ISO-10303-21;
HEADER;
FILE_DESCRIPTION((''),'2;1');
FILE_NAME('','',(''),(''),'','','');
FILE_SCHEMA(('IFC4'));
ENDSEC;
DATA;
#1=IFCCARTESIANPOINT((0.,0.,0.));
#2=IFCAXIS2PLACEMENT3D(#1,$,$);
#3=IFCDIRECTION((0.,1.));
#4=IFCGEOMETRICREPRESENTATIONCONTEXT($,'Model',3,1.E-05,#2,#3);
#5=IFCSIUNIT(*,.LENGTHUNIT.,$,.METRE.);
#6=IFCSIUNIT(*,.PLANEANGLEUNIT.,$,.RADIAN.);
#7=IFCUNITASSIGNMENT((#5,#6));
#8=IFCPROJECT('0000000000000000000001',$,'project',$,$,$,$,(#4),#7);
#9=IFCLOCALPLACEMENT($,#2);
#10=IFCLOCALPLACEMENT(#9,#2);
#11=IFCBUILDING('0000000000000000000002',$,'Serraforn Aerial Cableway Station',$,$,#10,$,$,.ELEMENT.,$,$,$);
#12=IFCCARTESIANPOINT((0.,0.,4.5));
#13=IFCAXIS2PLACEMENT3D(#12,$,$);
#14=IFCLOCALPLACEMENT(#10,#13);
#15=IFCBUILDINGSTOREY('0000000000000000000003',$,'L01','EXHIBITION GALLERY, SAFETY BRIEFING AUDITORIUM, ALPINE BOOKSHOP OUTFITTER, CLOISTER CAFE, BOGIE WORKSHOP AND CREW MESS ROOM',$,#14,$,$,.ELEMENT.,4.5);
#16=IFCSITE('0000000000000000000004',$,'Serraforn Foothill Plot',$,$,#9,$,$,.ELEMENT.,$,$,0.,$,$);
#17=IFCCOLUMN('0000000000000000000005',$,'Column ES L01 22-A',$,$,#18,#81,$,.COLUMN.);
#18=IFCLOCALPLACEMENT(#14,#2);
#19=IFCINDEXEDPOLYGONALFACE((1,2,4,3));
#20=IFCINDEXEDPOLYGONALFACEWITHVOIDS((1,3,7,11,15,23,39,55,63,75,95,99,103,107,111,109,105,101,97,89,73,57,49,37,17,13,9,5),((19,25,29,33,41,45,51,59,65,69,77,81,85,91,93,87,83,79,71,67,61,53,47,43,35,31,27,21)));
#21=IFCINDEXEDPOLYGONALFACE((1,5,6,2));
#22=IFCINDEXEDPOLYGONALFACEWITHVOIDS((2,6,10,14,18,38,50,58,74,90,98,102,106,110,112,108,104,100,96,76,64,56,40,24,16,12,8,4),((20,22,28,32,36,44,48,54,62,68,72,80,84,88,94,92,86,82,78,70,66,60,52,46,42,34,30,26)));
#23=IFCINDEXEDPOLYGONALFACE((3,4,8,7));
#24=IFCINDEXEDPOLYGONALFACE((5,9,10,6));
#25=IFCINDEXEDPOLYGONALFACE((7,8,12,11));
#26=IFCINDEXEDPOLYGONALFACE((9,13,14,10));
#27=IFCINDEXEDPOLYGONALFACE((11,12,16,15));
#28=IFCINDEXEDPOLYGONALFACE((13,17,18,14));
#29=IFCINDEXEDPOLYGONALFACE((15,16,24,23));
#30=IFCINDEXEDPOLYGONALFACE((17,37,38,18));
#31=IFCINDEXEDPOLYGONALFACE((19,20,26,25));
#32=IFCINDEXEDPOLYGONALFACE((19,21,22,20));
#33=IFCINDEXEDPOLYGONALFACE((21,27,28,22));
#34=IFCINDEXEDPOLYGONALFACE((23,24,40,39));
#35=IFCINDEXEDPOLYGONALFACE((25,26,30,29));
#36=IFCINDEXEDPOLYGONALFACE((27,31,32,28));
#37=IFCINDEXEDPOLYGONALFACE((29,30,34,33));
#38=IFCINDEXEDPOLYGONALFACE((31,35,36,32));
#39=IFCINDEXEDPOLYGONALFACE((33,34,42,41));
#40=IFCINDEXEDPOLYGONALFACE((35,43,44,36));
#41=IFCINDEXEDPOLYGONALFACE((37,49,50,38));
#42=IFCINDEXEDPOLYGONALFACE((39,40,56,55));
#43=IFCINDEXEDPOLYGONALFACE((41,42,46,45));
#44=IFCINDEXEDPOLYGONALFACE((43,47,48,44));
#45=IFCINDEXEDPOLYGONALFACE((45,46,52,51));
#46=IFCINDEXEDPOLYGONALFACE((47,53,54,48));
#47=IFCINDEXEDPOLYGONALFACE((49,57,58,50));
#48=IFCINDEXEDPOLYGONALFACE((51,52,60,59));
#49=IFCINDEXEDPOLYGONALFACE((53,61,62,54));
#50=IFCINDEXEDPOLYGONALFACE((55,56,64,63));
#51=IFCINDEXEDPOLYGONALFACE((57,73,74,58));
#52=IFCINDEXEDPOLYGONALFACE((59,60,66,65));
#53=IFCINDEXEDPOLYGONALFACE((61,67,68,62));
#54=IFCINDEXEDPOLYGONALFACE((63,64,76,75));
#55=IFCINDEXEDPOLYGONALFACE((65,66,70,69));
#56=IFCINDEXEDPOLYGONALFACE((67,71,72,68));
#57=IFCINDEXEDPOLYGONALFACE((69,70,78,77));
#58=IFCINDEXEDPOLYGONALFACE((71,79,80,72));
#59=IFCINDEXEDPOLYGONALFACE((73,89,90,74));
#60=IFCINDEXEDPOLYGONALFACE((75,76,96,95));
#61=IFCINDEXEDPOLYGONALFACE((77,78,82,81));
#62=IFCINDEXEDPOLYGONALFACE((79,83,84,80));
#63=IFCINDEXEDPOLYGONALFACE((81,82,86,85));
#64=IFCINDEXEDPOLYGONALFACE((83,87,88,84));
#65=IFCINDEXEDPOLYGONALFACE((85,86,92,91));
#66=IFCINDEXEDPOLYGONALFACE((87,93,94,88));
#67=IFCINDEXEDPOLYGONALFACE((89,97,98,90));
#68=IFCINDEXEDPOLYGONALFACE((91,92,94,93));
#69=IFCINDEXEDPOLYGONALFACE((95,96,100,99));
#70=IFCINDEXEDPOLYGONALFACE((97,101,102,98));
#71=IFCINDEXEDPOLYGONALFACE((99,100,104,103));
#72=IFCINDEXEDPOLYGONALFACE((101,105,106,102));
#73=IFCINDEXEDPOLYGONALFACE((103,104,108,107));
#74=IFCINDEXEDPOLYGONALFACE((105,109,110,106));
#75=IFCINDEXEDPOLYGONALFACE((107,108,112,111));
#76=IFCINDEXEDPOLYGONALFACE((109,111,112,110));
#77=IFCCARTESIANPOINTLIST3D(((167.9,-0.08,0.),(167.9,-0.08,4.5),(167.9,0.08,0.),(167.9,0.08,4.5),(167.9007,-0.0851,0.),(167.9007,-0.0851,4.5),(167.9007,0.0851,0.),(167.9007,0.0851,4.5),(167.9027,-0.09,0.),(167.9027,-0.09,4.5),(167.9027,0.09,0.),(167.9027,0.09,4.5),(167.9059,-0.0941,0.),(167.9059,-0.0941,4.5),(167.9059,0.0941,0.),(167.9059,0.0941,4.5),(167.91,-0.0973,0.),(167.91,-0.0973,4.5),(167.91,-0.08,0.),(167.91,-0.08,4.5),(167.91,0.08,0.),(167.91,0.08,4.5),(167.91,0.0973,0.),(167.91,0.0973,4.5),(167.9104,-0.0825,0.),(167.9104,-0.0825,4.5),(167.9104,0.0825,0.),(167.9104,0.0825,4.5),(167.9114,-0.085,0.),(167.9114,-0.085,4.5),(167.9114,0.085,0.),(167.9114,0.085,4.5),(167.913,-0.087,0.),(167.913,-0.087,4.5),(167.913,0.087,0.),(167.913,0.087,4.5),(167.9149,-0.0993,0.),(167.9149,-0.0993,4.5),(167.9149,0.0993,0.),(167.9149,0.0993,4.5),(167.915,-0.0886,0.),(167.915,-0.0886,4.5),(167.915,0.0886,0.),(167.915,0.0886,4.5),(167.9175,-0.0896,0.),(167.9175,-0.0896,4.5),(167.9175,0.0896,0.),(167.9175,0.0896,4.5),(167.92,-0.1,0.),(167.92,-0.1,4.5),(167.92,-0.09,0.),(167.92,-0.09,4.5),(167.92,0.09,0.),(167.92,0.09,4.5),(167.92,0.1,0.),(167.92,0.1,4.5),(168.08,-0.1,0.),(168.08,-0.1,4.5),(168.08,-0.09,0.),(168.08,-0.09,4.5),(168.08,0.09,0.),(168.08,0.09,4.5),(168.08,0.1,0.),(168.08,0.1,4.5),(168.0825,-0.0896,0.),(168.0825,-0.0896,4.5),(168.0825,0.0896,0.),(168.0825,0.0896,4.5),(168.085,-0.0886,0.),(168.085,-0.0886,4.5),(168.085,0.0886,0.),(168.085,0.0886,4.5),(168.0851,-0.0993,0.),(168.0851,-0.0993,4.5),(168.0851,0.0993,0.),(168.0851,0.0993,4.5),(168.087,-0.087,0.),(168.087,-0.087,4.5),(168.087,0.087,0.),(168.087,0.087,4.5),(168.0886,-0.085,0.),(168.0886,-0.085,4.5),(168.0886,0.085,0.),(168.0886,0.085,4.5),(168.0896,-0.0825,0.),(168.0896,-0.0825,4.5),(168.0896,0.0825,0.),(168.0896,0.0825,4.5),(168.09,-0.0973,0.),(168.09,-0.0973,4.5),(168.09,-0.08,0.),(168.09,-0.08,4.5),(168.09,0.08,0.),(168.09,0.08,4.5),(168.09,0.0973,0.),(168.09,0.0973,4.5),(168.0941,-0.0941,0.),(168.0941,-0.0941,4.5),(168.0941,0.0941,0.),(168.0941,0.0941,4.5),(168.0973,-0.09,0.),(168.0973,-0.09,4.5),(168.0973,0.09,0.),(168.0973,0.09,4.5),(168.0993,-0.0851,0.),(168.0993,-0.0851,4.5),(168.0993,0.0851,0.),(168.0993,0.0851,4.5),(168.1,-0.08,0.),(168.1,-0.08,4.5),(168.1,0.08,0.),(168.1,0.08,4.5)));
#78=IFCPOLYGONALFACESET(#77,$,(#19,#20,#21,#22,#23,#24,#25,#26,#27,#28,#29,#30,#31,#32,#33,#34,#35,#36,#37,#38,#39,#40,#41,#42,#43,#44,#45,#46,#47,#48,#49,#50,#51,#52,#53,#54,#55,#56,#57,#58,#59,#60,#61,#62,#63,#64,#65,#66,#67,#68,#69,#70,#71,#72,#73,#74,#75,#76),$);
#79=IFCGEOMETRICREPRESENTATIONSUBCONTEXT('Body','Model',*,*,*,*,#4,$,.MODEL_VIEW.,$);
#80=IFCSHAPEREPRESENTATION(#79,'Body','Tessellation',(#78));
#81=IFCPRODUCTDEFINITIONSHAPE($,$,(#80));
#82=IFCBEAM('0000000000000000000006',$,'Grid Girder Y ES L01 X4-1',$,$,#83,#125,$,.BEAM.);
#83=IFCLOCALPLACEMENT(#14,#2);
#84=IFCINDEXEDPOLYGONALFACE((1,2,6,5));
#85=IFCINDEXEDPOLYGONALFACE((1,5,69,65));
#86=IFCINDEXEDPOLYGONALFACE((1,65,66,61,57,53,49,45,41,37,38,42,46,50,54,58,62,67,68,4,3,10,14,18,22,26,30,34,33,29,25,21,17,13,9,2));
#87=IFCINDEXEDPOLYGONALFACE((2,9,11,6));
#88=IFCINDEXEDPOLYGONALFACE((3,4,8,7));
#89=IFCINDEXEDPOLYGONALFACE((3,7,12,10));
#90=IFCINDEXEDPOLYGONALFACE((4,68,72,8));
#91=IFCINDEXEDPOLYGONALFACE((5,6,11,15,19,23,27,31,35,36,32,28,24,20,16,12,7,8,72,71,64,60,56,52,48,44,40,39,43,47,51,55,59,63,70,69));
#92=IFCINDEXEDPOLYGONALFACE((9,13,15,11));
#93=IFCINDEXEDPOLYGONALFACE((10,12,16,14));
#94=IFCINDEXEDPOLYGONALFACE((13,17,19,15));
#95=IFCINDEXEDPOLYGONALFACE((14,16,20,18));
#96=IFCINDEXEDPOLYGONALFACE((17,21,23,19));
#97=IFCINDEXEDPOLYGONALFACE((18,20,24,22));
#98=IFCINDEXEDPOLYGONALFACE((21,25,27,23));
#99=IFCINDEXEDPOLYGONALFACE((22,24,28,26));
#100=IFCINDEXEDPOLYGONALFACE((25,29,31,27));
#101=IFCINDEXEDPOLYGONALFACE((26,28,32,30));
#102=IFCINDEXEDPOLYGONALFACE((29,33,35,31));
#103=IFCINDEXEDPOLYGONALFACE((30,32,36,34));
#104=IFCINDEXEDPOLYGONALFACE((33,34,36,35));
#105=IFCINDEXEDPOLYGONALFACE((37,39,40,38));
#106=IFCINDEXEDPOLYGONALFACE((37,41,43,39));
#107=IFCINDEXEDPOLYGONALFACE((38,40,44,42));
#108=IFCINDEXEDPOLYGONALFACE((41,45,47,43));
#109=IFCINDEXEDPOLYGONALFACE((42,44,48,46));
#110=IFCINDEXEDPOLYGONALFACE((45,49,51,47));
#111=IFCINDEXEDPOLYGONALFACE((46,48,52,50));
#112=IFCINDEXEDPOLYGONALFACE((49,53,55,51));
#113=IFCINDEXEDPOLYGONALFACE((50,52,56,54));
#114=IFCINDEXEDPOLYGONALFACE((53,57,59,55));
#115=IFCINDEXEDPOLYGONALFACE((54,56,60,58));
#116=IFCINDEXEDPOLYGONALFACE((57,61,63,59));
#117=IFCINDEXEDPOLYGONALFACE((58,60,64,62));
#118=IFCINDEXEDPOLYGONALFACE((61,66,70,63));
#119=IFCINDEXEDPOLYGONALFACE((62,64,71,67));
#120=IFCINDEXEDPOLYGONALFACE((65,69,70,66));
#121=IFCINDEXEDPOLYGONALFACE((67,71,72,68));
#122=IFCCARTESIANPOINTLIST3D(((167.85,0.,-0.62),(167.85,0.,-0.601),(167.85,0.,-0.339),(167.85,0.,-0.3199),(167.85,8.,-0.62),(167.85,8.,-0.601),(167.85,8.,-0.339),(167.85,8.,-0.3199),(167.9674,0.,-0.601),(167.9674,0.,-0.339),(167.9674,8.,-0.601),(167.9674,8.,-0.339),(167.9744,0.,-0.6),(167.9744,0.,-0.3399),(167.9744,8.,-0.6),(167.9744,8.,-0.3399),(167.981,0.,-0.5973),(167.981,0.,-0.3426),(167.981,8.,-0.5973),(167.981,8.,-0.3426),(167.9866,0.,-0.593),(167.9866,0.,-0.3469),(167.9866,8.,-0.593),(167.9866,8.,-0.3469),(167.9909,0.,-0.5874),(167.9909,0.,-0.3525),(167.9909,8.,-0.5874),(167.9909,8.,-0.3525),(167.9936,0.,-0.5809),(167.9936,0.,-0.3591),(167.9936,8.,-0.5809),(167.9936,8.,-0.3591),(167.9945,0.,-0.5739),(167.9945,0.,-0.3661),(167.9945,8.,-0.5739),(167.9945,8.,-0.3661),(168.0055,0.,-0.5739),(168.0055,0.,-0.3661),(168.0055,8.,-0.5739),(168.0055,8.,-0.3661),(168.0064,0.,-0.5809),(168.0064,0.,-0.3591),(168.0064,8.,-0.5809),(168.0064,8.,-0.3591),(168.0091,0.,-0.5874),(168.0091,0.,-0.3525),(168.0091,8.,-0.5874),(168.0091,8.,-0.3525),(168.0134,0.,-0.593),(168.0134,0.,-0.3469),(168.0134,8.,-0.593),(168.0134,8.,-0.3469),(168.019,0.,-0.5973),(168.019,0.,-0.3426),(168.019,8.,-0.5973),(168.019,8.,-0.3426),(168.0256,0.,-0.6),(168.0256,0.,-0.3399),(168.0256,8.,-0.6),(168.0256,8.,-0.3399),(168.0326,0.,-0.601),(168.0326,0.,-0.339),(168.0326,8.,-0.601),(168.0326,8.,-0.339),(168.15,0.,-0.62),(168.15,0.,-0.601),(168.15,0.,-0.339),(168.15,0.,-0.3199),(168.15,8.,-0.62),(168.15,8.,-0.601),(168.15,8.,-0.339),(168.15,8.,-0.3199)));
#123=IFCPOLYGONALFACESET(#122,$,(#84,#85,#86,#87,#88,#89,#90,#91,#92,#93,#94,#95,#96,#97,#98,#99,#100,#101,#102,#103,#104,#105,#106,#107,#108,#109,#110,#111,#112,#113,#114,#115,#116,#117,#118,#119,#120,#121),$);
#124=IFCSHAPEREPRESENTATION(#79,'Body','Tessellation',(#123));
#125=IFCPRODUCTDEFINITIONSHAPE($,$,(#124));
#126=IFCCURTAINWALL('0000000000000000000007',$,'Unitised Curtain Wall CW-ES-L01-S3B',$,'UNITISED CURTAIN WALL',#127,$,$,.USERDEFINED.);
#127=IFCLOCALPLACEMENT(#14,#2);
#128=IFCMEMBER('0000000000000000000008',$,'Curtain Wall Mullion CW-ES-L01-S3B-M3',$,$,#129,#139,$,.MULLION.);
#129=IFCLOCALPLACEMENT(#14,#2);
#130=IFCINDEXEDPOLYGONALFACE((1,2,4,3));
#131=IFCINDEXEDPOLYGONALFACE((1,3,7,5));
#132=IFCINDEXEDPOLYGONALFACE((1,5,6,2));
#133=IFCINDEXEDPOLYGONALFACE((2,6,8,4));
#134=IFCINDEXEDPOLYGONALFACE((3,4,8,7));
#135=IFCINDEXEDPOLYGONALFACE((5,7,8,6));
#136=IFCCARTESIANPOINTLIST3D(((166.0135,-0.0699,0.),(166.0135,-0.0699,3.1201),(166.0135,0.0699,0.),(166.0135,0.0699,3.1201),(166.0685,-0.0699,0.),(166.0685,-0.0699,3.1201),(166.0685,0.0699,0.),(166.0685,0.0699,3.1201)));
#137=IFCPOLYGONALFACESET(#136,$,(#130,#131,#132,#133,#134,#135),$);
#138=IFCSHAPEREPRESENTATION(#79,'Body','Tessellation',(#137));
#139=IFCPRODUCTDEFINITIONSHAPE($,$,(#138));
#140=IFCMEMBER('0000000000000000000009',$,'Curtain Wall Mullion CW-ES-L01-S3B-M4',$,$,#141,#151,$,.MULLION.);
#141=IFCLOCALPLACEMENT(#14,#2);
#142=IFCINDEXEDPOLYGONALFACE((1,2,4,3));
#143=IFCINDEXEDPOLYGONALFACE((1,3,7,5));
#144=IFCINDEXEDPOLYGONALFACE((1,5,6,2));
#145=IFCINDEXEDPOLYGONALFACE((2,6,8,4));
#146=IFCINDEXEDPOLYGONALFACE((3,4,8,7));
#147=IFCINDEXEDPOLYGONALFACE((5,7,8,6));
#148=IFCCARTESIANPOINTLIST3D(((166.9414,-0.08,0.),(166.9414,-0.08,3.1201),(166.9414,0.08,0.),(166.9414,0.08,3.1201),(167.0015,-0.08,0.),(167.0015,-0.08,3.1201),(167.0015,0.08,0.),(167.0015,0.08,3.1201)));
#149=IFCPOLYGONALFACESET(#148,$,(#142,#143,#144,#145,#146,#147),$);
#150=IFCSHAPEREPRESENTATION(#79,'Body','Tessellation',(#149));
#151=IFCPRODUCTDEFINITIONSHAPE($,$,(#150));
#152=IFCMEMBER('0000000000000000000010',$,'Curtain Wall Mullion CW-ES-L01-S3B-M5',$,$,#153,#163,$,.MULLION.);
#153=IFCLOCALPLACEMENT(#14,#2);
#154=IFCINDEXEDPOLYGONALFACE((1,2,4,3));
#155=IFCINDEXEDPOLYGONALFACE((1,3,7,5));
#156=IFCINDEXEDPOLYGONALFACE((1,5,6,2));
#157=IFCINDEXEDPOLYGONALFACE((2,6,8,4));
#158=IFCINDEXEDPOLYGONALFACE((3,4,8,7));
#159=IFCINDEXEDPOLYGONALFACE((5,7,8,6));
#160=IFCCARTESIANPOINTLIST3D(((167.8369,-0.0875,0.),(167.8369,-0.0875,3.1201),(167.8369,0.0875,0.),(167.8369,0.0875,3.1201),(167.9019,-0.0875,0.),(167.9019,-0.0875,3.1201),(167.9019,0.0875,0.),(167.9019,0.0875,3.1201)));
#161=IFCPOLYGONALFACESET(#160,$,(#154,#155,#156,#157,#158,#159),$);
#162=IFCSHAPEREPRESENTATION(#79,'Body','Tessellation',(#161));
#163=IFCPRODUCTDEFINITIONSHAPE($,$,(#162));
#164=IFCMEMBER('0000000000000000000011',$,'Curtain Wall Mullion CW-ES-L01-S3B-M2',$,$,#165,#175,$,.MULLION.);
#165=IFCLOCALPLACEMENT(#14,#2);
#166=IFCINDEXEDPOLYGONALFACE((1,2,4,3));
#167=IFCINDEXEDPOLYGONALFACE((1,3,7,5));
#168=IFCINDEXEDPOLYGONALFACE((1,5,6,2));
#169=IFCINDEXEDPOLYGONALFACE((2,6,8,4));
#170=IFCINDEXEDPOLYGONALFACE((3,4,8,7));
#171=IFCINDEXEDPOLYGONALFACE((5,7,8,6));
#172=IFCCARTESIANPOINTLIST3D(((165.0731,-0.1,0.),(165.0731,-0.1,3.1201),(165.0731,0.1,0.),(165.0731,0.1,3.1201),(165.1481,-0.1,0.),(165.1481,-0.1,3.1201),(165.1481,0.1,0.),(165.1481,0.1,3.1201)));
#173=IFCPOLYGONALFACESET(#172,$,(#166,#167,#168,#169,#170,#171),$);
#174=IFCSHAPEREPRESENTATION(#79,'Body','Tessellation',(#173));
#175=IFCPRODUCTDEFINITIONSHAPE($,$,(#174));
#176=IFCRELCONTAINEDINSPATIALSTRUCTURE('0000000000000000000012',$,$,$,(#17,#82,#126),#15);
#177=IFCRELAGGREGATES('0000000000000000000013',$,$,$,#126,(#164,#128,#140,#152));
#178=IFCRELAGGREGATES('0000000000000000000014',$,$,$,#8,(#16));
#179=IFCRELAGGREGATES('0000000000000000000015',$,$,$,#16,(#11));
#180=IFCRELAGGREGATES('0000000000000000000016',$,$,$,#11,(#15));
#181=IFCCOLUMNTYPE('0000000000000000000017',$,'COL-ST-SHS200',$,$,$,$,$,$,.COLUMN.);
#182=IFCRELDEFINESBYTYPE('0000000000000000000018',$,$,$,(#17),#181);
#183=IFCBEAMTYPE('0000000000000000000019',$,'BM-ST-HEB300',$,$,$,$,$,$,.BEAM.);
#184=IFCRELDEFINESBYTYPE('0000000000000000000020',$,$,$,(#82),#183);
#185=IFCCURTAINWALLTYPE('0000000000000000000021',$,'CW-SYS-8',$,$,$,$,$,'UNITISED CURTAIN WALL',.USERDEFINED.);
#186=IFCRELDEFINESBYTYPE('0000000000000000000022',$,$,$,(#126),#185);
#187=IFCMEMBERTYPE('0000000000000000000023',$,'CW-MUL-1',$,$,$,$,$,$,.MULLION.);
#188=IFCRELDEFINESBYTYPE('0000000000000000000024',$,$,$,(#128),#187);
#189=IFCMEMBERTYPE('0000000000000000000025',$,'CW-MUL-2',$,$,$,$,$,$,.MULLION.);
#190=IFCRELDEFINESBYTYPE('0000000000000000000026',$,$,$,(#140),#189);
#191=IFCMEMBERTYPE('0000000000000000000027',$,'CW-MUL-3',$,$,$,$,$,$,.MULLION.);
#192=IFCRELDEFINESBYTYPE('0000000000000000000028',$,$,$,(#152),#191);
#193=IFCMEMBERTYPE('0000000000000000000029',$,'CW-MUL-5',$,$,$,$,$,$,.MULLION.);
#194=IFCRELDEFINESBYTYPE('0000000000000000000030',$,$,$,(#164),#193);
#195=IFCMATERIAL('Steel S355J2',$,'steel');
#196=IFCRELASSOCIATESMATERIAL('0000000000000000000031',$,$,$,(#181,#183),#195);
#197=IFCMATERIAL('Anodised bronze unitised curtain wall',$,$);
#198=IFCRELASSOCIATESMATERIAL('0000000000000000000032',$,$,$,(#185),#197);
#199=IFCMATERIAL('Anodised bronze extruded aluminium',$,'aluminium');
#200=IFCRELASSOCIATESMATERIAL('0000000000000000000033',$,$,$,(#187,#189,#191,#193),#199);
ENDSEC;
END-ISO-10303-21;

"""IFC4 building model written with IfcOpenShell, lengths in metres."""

from ifc_helpers import new_model, si_unit, direction, frame, origin, origin_2d, place, context, subcontext, project, spatial, rectangle, hollow_rectangle, i_section, extrude, material, material_profile, profile_set, type_object, element, aggregate, save


model = new_model("IFC4")

# Units and contexts
model_context = context("Model", 3, precision=1e-05, world=origin(), true_north=direction((0.0, 1.0)))
body_context = subcontext(model_context, "Body", "Model", "MODEL_VIEW")
ifc_project = project(units=[si_unit("LENGTHUNIT", "METRE"), si_unit("PLANEANGLEUNIT", "RADIAN")], contexts=[model_context])

# Site, building, storey
site_placement = place(None, origin())
site = spatial("IfcSite", under=ifc_project, at=site_placement, Name="Serraforn Foothill Plot", CompositionType="ELEMENT", RefElevation=0.0)
building_placement = place(site_placement, origin())
building = spatial("IfcBuilding", under=site, at=building_placement, Name="Serraforn Aerial Cableway Station", CompositionType="ELEMENT")
storey_placement = place(building_placement, frame((0.0, 0.0, 4.5)))
storey = spatial("IfcBuildingStorey", under=building, at=storey_placement, Name="L01", Description="EXHIBITION GALLERY, SAFETY BRIEFING AUDITORIUM, ALPINE BOOKSHOP OUTFITTER, CLOISTER CAFE, BOGIE WORKSHOP AND CREW MESS ROOM", CompositionType="ELEMENT", Elevation=4.5)

# Column
ifc_material_1 = material(Name="Steel S355J2", Category="steel")
ifc_material_profile_1 = material_profile(ifc_material_1, hollow_rectangle(XDim=0.2, YDim=0.2, WallThickness=0.01, InnerFilletRadius=0.01, OuterFilletRadius=0.02, at=origin_2d()), Name="SHS 200x200x10.0")
ifc_profile_set_1 = profile_set([ifc_material_profile_1], Name="Steel S355J2")
column_type = type_object("IfcColumnType", Name="COL-ST-SHS200", PredefinedType="COLUMN", material=ifc_profile_set_1)
column_placement = place(storey_placement, frame((168.0, 0.0, 0.0), z_axis=(0.0, 0.0, 1.0), x_axis=(1.0, 0.0, 0.0)))
element("IfcColumn", 1, at=column_placement, inside=storey, type_object=column_type, Name="Column ES L01 22-A", PredefinedType="COLUMN", context=body_context, shape_type="SweptSolid", body=[
    extrude(hollow_rectangle(XDim=0.2, YDim=0.2, WallThickness=0.01, InnerFilletRadius=0.01, OuterFilletRadius=0.02, at=origin_2d()), origin(), (0.0, 0.0, 1.0), 4.5),
])

# Beam
ifc_material_profile_2 = material_profile(ifc_material_1, i_section(OverallWidth=0.3, OverallDepth=0.3, WebThickness=0.011, FlangeThickness=0.019, FilletRadius=0.0271, at=origin_2d()), Name="HEB 300")
ifc_profile_set_2 = profile_set([ifc_material_profile_2], Name="Steel S355J2")
beam_type = type_object("IfcBeamType", Name="BM-ST-HEB300", PredefinedType="BEAM", material=ifc_profile_set_2)
beam_placement = place(storey_placement, frame((168.0, 0.0, -0.47), z_axis=(0.0, 1.0, 0.0), x_axis=(-1.0, 0.0, 0.0)))
element("IfcBeam", 2, at=beam_placement, inside=storey, type_object=beam_type, Name="Grid Girder Y ES L01 X4-1", PredefinedType="BEAM", context=body_context, shape_type="SweptSolid", body=[
    extrude(i_section(OverallWidth=0.3, OverallDepth=0.3, WebThickness=0.011, FlangeThickness=0.019, FilletRadius=0.0271, at=origin_2d()), origin(), (0.0, 0.0, 1.0), 8.0),
])

# Curtain wall, members
ifc_material_2 = material(Name="Anodised bronze unitised curtain wall")
curtain_wall_type = type_object("IfcCurtainWallType", Name="CW-SYS-8", ElementType="UNITISED CURTAIN WALL", PredefinedType="USERDEFINED", material=ifc_material_2)
curtain_wall_placement = place(storey_placement, origin())
curtain_wall = element("IfcCurtainWall", 3, at=curtain_wall_placement, inside=storey, type_object=curtain_wall_type, Name="Unitised Curtain Wall CW-ES-L01-S3B", ObjectType="UNITISED CURTAIN WALL", PredefinedType="USERDEFINED")
ifc_material_3 = material(Name="Anodised bronze extruded aluminium", Category="aluminium")
ifc_material_profile_3 = material_profile(ifc_material_3, rectangle(XDim=0.0549, YDim=0.1399, at=origin_2d()), Name="CW MULLION 55x140")
ifc_profile_set_3 = profile_set([ifc_material_profile_3], Name="Anodised bronze extruded aluminium")
member_type_1 = type_object("IfcMemberType", Name="CW-MUL-1", PredefinedType="MULLION", material=ifc_profile_set_3)
member_1_placement = place(storey_placement, frame((166.041, 0.0, 0.0), z_axis=(0.0, 0.0, 1.0), x_axis=(1.0, 0.0, 0.0)))
member_1 = element("IfcMember", 4, at=member_1_placement, type_object=member_type_1, Name="Curtain Wall Mullion CW-ES-L01-S3B-M3", PredefinedType="MULLION", context=body_context, shape_type="SweptSolid", body=[
    extrude(rectangle(XDim=0.0549, YDim=0.1399, at=origin_2d()), origin(), (0.0, 0.0, 1.0), 3.1201),
])
ifc_material_profile_4 = material_profile(ifc_material_3, rectangle(XDim=0.0601, YDim=0.1599, at=origin_2d()), Name="CW MULLION 60x160")
ifc_profile_set_4 = profile_set([ifc_material_profile_4], Name="Anodised bronze extruded aluminium")
member_type_2 = type_object("IfcMemberType", Name="CW-MUL-2", PredefinedType="MULLION", material=ifc_profile_set_4)
member_2_placement = place(storey_placement, frame((166.9714, 0.0, 0.0), z_axis=(0.0, 0.0, 1.0), x_axis=(1.0, 0.0, 0.0)))
member_2 = element("IfcMember", 5, at=member_2_placement, type_object=member_type_2, Name="Curtain Wall Mullion CW-ES-L01-S3B-M4", PredefinedType="MULLION", context=body_context, shape_type="SweptSolid", body=[
    extrude(rectangle(XDim=0.0601, YDim=0.1599, at=origin_2d()), origin(), (0.0, 0.0, 1.0), 3.1201),
])
ifc_material_profile_5 = material_profile(ifc_material_3, rectangle(XDim=0.0649, YDim=0.175, at=origin_2d()), Name="CW MULLION 65x175")
ifc_profile_set_5 = profile_set([ifc_material_profile_5], Name="Anodised bronze extruded aluminium")
member_type_3 = type_object("IfcMemberType", Name="CW-MUL-3", PredefinedType="MULLION", material=ifc_profile_set_5)
member_3_placement = place(storey_placement, frame((167.8694, 0.0, 0.0), z_axis=(0.0, 0.0, 1.0), x_axis=(1.0, 0.0, 0.0)))
member_3 = element("IfcMember", 6, at=member_3_placement, type_object=member_type_3, Name="Curtain Wall Mullion CW-ES-L01-S3B-M5", PredefinedType="MULLION", context=body_context, shape_type="SweptSolid", body=[
    extrude(rectangle(XDim=0.0649, YDim=0.175, at=origin_2d()), origin(), (0.0, 0.0, 1.0), 3.1201),
])
ifc_material_profile_6 = material_profile(ifc_material_3, rectangle(XDim=0.075, YDim=0.2, at=origin_2d()), Name="CW MULLION 75x200")
ifc_profile_set_6 = profile_set([ifc_material_profile_6], Name="Anodised bronze extruded aluminium")
member_type_4 = type_object("IfcMemberType", Name="CW-MUL-5", PredefinedType="MULLION", material=ifc_profile_set_6)
member_4_placement = place(storey_placement, frame((165.1106, 0.0, 0.0), z_axis=(0.0, 0.0, 1.0), x_axis=(1.0, 0.0, 0.0)))
member_4 = element("IfcMember", 7, at=member_4_placement, type_object=member_type_4, Name="Curtain Wall Mullion CW-ES-L01-S3B-M2", PredefinedType="MULLION", context=body_context, shape_type="SweptSolid", body=[
    extrude(rectangle(XDim=0.075, YDim=0.2, at=origin_2d()), origin(), (0.0, 0.0, 1.0), 3.1201),
])
aggregate(curtain_wall, [member_4, member_1, member_2, member_3])

save(model, "model.ifc")
